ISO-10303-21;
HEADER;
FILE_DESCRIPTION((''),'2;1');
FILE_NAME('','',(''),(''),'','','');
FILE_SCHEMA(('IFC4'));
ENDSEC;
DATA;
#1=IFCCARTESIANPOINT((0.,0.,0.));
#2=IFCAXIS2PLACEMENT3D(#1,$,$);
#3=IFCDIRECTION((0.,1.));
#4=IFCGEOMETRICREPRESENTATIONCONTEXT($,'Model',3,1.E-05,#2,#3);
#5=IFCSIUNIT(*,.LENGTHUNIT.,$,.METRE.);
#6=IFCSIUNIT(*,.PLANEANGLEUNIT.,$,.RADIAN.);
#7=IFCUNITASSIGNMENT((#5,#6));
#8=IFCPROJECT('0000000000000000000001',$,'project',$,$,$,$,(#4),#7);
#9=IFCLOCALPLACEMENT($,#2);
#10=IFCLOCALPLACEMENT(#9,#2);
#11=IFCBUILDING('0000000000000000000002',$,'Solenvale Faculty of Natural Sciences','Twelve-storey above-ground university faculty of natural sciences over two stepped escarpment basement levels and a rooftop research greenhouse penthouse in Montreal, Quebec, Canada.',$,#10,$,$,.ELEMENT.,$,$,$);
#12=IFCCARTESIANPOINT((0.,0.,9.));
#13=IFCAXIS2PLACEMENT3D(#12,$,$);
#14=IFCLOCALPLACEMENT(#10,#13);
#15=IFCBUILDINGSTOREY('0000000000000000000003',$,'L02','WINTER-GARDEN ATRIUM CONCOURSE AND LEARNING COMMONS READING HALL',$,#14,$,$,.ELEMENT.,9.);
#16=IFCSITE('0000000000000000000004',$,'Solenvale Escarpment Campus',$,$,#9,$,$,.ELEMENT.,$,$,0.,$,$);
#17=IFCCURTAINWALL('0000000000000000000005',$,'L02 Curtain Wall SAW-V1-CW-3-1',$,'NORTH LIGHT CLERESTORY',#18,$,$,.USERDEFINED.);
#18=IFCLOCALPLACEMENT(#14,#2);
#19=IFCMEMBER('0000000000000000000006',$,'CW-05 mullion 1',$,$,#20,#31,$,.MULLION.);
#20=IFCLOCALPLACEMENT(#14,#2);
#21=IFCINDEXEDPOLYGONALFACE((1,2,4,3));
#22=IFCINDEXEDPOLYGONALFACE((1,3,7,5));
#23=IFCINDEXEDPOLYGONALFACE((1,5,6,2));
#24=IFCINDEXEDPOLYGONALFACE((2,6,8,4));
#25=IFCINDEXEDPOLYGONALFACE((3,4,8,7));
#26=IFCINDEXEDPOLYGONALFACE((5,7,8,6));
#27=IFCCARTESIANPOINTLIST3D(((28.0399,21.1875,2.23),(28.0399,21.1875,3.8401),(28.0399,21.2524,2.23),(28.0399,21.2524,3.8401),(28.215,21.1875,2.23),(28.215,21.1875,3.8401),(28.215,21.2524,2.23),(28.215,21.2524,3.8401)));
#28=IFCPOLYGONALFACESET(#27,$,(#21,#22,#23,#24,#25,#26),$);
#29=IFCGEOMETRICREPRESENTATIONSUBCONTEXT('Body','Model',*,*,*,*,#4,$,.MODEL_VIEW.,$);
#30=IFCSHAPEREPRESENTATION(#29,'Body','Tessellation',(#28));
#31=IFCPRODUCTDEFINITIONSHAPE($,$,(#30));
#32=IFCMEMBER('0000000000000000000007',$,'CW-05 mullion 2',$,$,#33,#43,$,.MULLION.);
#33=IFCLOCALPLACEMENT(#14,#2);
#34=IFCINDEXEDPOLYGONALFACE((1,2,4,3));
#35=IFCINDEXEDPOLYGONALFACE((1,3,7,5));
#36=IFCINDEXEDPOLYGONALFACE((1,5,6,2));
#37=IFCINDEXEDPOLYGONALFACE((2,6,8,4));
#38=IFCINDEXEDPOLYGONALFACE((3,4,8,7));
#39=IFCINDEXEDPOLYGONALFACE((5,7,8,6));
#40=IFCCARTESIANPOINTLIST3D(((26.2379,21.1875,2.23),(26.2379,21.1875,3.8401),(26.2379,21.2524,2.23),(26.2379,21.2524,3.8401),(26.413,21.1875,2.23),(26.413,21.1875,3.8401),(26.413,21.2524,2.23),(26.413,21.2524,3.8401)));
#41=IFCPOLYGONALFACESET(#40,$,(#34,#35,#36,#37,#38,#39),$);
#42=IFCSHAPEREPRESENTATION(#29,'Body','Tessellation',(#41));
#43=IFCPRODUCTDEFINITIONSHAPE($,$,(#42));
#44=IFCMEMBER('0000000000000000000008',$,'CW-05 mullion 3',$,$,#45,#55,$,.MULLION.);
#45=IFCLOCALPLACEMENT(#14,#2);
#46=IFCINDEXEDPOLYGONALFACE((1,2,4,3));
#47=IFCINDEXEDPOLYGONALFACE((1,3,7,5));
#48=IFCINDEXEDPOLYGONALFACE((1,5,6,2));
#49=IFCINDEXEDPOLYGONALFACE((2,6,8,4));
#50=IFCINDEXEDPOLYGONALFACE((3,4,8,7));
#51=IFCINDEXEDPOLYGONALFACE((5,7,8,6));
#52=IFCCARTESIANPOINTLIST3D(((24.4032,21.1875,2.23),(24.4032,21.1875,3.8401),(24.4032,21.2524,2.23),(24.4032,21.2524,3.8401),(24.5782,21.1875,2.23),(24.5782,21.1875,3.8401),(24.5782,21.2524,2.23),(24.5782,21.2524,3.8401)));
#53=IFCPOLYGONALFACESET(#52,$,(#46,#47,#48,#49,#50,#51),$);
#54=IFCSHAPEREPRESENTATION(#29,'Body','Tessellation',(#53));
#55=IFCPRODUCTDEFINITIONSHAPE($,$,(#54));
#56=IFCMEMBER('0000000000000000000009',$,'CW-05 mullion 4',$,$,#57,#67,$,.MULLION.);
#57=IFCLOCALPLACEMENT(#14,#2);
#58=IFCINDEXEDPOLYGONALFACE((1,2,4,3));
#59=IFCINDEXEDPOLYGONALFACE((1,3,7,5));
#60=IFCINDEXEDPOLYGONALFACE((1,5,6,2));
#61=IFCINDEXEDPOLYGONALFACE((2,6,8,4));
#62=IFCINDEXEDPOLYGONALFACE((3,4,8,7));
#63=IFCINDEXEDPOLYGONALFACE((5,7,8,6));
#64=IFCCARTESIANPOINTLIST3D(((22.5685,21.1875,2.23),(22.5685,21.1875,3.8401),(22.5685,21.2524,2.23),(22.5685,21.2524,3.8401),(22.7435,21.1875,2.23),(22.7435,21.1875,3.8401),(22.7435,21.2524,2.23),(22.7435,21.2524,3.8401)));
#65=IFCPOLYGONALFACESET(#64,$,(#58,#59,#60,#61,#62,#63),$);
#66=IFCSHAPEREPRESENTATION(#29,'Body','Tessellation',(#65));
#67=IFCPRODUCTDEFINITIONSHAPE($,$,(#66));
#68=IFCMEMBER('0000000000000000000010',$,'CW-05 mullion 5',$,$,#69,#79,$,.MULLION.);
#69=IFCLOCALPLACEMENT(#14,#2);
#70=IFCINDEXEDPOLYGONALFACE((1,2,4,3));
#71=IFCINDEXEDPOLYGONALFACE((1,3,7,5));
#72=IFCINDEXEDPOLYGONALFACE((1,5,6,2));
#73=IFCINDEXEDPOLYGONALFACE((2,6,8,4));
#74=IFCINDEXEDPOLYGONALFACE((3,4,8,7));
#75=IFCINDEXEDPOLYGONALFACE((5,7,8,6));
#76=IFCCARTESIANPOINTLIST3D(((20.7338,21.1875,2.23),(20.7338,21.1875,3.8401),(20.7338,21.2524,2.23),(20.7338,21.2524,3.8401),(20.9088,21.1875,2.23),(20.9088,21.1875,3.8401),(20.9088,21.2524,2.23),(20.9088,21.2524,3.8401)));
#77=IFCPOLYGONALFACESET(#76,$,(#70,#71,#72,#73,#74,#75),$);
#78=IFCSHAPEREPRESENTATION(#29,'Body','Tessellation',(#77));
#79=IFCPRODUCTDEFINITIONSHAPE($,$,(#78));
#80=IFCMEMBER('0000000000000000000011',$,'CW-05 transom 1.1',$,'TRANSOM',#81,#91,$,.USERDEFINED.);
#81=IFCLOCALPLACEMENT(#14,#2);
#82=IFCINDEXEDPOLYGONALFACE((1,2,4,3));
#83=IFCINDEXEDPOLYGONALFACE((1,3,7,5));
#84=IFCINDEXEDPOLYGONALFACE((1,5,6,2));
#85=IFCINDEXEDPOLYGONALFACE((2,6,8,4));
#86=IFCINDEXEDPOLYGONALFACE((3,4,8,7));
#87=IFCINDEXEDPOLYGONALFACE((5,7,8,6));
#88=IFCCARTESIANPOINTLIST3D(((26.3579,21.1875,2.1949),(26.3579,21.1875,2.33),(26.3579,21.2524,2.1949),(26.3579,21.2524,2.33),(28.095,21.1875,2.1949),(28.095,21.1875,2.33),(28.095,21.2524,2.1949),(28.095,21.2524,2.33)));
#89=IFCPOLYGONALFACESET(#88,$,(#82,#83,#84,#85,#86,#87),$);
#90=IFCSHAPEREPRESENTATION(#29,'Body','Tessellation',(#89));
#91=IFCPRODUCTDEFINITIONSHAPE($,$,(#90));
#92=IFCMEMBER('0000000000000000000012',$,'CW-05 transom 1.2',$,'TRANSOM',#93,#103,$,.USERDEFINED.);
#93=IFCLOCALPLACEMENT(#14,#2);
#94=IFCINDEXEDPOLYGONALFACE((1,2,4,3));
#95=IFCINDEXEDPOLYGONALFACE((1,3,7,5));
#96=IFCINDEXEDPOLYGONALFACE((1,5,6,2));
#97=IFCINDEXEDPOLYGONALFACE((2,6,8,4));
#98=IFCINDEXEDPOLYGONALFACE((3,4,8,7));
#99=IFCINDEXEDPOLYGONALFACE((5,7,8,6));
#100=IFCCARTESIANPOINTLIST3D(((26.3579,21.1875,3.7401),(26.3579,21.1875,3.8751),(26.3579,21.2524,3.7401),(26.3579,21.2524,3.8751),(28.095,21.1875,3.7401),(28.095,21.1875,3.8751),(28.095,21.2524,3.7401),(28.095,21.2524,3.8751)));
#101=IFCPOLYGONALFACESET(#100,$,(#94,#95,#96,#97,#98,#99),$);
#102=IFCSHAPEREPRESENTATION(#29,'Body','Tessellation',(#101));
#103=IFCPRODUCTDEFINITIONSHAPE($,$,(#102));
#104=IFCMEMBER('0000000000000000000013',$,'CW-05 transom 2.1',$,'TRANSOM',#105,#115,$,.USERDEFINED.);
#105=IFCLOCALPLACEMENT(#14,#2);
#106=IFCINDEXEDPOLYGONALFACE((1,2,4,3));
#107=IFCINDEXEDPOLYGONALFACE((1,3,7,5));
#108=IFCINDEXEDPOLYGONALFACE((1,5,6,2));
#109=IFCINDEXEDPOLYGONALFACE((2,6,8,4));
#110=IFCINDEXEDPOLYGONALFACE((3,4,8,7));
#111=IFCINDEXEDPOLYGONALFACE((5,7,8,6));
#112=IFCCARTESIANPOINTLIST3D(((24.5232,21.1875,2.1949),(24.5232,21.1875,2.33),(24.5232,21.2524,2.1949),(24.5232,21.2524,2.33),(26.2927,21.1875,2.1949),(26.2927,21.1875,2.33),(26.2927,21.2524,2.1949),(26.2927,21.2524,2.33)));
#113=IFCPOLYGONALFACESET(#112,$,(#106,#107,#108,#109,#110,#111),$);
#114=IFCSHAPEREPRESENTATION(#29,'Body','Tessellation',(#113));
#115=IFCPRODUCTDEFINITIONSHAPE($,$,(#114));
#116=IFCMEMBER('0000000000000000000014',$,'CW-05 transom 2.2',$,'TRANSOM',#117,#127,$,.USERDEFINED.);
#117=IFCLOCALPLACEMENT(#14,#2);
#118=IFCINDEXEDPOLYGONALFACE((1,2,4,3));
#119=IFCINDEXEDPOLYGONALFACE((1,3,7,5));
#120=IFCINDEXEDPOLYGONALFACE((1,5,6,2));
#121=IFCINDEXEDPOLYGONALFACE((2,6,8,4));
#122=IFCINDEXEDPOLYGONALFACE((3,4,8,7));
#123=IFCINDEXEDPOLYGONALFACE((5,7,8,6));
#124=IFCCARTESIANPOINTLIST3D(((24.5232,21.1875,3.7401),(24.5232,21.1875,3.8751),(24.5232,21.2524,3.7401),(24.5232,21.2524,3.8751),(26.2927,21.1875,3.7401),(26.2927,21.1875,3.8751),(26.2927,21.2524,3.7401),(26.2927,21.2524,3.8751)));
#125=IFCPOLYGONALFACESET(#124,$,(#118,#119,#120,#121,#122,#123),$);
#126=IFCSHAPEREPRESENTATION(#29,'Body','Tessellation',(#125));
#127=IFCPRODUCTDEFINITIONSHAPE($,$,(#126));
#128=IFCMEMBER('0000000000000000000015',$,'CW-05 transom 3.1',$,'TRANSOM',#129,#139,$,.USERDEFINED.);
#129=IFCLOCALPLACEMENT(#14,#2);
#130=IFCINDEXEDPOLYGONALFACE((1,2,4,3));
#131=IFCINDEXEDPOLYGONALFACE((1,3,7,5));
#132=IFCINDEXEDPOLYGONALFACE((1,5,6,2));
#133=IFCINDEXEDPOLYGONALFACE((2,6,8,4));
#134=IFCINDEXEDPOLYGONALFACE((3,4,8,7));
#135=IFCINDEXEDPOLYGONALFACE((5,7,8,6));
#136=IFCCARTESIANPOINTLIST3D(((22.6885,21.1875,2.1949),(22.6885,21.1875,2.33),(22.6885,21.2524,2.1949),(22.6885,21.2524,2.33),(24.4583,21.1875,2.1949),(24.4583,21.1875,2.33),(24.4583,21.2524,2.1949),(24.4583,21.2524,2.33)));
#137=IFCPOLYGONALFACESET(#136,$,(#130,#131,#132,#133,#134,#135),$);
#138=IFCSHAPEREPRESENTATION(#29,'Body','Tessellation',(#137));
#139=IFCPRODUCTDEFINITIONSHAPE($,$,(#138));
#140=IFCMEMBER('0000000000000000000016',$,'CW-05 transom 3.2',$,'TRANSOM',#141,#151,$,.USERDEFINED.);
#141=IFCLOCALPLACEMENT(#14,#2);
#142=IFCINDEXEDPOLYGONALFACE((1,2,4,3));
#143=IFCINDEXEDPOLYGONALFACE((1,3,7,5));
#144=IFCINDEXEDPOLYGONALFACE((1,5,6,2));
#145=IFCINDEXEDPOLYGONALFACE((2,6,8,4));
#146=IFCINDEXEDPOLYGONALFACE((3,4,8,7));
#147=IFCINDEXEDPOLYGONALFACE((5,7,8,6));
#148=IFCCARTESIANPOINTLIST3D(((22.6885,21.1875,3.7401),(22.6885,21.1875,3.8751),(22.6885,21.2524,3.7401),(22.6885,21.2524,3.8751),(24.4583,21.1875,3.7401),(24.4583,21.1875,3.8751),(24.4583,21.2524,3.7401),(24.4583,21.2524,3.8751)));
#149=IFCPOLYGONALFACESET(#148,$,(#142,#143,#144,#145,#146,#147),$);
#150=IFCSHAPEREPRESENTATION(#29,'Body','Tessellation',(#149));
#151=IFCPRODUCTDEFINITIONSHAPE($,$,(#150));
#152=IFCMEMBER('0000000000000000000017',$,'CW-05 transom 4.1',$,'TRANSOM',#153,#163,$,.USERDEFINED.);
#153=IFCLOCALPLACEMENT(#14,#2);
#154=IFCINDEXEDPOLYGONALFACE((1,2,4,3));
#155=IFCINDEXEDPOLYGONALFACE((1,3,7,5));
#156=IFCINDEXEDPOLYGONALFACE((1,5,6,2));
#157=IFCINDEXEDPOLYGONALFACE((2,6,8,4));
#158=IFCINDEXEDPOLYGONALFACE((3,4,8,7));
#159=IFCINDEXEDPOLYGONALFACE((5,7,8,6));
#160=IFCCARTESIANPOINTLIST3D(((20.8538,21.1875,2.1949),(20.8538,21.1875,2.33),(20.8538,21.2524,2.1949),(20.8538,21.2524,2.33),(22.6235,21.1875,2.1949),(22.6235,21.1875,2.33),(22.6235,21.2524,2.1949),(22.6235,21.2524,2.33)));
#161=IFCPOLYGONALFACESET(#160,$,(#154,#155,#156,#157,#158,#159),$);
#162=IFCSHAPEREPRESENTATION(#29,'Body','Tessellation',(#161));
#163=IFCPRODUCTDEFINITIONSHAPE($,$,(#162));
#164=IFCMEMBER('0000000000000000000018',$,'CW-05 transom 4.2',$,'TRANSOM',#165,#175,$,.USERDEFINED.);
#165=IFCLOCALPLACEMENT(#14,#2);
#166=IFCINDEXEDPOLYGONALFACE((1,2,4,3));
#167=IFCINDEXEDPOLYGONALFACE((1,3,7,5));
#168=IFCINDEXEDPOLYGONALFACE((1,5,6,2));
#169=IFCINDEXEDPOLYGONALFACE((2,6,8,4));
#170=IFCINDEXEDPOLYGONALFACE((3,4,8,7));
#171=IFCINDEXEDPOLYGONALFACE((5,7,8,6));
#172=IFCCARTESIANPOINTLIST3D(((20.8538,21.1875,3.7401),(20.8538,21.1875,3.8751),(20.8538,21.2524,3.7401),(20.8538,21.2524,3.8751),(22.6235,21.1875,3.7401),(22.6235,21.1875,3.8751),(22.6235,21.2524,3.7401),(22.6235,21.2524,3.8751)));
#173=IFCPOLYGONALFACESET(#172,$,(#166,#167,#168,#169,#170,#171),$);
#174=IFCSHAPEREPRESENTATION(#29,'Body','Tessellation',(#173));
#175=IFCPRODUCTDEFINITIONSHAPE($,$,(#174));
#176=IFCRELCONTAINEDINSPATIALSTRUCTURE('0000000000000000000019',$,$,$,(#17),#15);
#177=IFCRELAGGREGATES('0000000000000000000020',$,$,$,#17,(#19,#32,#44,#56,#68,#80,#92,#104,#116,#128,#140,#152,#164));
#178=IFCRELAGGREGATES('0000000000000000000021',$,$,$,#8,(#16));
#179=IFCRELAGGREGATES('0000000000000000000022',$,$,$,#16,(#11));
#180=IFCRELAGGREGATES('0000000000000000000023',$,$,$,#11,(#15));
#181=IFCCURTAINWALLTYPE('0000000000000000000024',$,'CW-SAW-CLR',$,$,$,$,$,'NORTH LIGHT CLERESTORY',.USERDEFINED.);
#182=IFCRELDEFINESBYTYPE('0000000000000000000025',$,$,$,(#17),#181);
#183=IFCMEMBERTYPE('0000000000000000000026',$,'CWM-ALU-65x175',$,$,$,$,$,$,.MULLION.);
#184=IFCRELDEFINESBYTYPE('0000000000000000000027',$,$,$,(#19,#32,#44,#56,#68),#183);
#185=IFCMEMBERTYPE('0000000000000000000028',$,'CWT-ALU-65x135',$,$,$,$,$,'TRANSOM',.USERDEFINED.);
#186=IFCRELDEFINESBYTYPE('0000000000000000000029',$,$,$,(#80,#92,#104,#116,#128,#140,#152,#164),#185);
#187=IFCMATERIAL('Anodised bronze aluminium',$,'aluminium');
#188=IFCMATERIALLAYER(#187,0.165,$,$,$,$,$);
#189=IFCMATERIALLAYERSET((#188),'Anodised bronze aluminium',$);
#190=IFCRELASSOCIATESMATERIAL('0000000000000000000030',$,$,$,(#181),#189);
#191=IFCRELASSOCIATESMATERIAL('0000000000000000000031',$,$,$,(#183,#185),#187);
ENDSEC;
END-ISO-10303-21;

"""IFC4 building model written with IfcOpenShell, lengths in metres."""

from ifc_helpers import new_model, si_unit, direction, frame, origin, origin_2d, place, context, subcontext, project, spatial, rectangle, extrude, material, layer, layer_set, material_profile, profile_set, type_object, element, aggregate, save


model = new_model("IFC4")

# Units and contexts
model_context = context("Model", 3, precision=1e-05, world=origin(), true_north=direction((0.0, 1.0)))
body_context = subcontext(model_context, "Body", "Model", "MODEL_VIEW")
ifc_project = project(units=[si_unit("LENGTHUNIT", "METRE"), si_unit("PLANEANGLEUNIT", "RADIAN")], contexts=[model_context])

# Site, building, storey
site_placement = place(None, origin())
site = spatial("IfcSite", under=ifc_project, at=site_placement, Name="Solenvale Escarpment Campus", CompositionType="ELEMENT", RefElevation=0.0)
building_placement = place(site_placement, origin())
building = spatial("IfcBuilding", under=site, at=building_placement, Name="Solenvale Faculty of Natural Sciences", Description="Twelve-storey above-ground university faculty of natural sciences over two stepped escarpment basement levels and a rooftop research greenhouse penthouse in Montreal, Quebec, Canada.", CompositionType="ELEMENT")
storey_placement = place(building_placement, frame((0.0, 0.0, 9.0)))
storey = spatial("IfcBuildingStorey", under=building, at=storey_placement, Name="L02", Description="WINTER-GARDEN ATRIUM CONCOURSE AND LEARNING COMMONS READING HALL", CompositionType="ELEMENT", Elevation=9.0)

# Curtain wall, members
ifc_material_1 = material(Name="Anodised bronze aluminium", Category="aluminium")
ifc_layer_1 = layer(ifc_material_1, 0.165)
ifc_layer_set_1 = layer_set([ifc_layer_1], Name="Anodised bronze aluminium")
curtain_wall_type = type_object("IfcCurtainWallType", Name="CW-SAW-CLR", ElementType="NORTH LIGHT CLERESTORY", PredefinedType="USERDEFINED", material=ifc_layer_set_1)
curtain_wall_placement = place(storey_placement, origin())
curtain_wall = element("IfcCurtainWall", 1, at=curtain_wall_placement, inside=storey, type_object=curtain_wall_type, Name="L02 Curtain Wall SAW-V1-CW-3-1", ObjectType="NORTH LIGHT CLERESTORY", PredefinedType="USERDEFINED")
ifc_material_profile_1 = material_profile(ifc_material_1, rectangle(XDim=0.0649, YDim=0.175, at=origin_2d()), Name="ALU-MUL-65x175")
ifc_profile_set_1 = profile_set([ifc_material_profile_1], Name="Anodised bronze aluminium")
member_type_1 = type_object("IfcMemberType", Name="CWM-ALU-65x175", PredefinedType="MULLION", material=ifc_profile_set_1)
member_1_placement = place(storey_placement, frame((28.1274, 21.22, 2.23), z_axis=(0.0, 0.0, 1.0), x_axis=(0.0, -1.0, 0.0)))
member_1 = element("IfcMember", 2, at=member_1_placement, type_object=member_type_1, Name="CW-05 mullion 1", PredefinedType="MULLION", context=body_context, shape_type="SweptSolid", body=[
    extrude(rectangle(XDim=0.0649, YDim=0.175, at=origin_2d()), origin(), (0.0, 0.0, 1.0), 1.6101),
])
member_2_placement = place(storey_placement, frame((26.3254, 21.22, 2.23), z_axis=(0.0, 0.0, 1.0), x_axis=(0.0, -1.0, 0.0)))
member_2 = element("IfcMember", 3, at=member_2_placement, type_object=member_type_1, Name="CW-05 mullion 2", PredefinedType="MULLION", context=body_context, shape_type="SweptSolid", body=[
    extrude(rectangle(XDim=0.0649, YDim=0.175, at=origin_2d()), origin(), (0.0, 0.0, 1.0), 1.6101),
])
member_3_placement = place(storey_placement, frame((24.4907, 21.22, 2.23), z_axis=(0.0, 0.0, 1.0), x_axis=(0.0, -1.0, 0.0)))
member_3 = element("IfcMember", 4, at=member_3_placement, type_object=member_type_1, Name="CW-05 mullion 3", PredefinedType="MULLION", context=body_context, shape_type="SweptSolid", body=[
    extrude(rectangle(XDim=0.0649, YDim=0.175, at=origin_2d()), origin(), (0.0, 0.0, 1.0), 1.6101),
])
member_4_placement = place(storey_placement, frame((22.656, 21.22, 2.23), z_axis=(0.0, 0.0, 1.0), x_axis=(0.0, -1.0, 0.0)))
member_4 = element("IfcMember", 5, at=member_4_placement, type_object=member_type_1, Name="CW-05 mullion 4", PredefinedType="MULLION", context=body_context, shape_type="SweptSolid", body=[
    extrude(rectangle(XDim=0.0649, YDim=0.175, at=origin_2d()), origin(), (0.0, 0.0, 1.0), 1.6101),
])
member_5_placement = place(storey_placement, frame((20.8213, 21.22, 2.23), z_axis=(0.0, 0.0, 1.0), x_axis=(0.0, -1.0, 0.0)))
member_5 = element("IfcMember", 6, at=member_5_placement, type_object=member_type_1, Name="CW-05 mullion 5", PredefinedType="MULLION", context=body_context, shape_type="SweptSolid", body=[
    extrude(rectangle(XDim=0.0649, YDim=0.175, at=origin_2d()), origin(), (0.0, 0.0, 1.0), 1.6101),
])
ifc_material_profile_2 = material_profile(ifc_material_1, rectangle(XDim=0.0649, YDim=0.135, at=origin_2d()), Name="ALU-TRN-65x135")
ifc_profile_set_2 = profile_set([ifc_material_profile_2], Name="Anodised bronze aluminium")
member_type_2 = type_object("IfcMemberType", Name="CWT-ALU-65x135", ElementType="TRANSOM", PredefinedType="USERDEFINED", material=ifc_profile_set_2)
member_6_placement = place(storey_placement, frame((28.095, 21.22, 2.2625), z_axis=(-1.0, 0.0, 0.0), x_axis=(0.0, -1.0, 0.0)))
member_6 = element("IfcMember", 7, at=member_6_placement, type_object=member_type_2, Name="CW-05 transom 1.1", ObjectType="TRANSOM", PredefinedType="USERDEFINED", context=body_context, shape_type="SweptSolid", body=[
    extrude(rectangle(XDim=0.0649, YDim=0.135, at=origin_2d()), origin(), (0.0, 0.0, 1.0), 1.7371),
])
member_7_placement = place(storey_placement, frame((28.095, 21.22, 3.8076), z_axis=(-1.0, 0.0, 0.0), x_axis=(0.0, -1.0, 0.0)))
member_7 = element("IfcMember", 8, at=member_7_placement, type_object=member_type_2, Name="CW-05 transom 1.2", ObjectType="TRANSOM", PredefinedType="USERDEFINED", context=body_context, shape_type="SweptSolid", body=[
    extrude(rectangle(XDim=0.0649, YDim=0.135, at=origin_2d()), origin(), (0.0, 0.0, 1.0), 1.7371),
])
member_8_placement = place(storey_placement, frame((26.2927, 21.22, 2.2625), z_axis=(-1.0, 0.0, 0.0), x_axis=(0.0, -1.0, 0.0)))
member_8 = element("IfcMember", 9, at=member_8_placement, type_object=member_type_2, Name="CW-05 transom 2.1", ObjectType="TRANSOM", PredefinedType="USERDEFINED", context=body_context, shape_type="SweptSolid", body=[
    extrude(rectangle(XDim=0.0649, YDim=0.135, at=origin_2d()), origin(), (0.0, 0.0, 1.0), 1.7695),
])
member_9_placement = place(storey_placement, frame((26.2927, 21.22, 3.8076), z_axis=(-1.0, 0.0, 0.0), x_axis=(0.0, -1.0, 0.0)))
member_9 = element("IfcMember", 10, at=member_9_placement, type_object=member_type_2, Name="CW-05 transom 2.2", ObjectType="TRANSOM", PredefinedType="USERDEFINED", context=body_context, shape_type="SweptSolid", body=[
    extrude(rectangle(XDim=0.0649, YDim=0.135, at=origin_2d()), origin(), (0.0, 0.0, 1.0), 1.7695),
])
member_10_placement = place(storey_placement, frame((24.4583, 21.22, 2.2625), z_axis=(-1.0, 0.0, 0.0), x_axis=(0.0, -1.0, 0.0)))
member_10 = element("IfcMember", 11, at=member_10_placement, type_object=member_type_2, Name="CW-05 transom 3.1", ObjectType="TRANSOM", PredefinedType="USERDEFINED", context=body_context, shape_type="SweptSolid", body=[
    extrude(rectangle(XDim=0.0649, YDim=0.135, at=origin_2d()), origin(), (0.0, 0.0, 1.0), 1.7698),
])
member_11_placement = place(storey_placement, frame((24.4583, 21.22, 3.8076), z_axis=(-1.0, 0.0, 0.0), x_axis=(0.0, -1.0, 0.0)))
member_11 = element("IfcMember", 12, at=member_11_placement, type_object=member_type_2, Name="CW-05 transom 3.2", ObjectType="TRANSOM", PredefinedType="USERDEFINED", context=body_context, shape_type="SweptSolid", body=[
    extrude(rectangle(XDim=0.0649, YDim=0.135, at=origin_2d()), origin(), (0.0, 0.0, 1.0), 1.7698),
])
member_12_placement = place(storey_placement, frame((22.6235, 21.22, 2.2625), z_axis=(-1.0, 0.0, 0.0), x_axis=(0.0, -1.0, 0.0)))
member_12 = element("IfcMember", 13, at=member_12_placement, type_object=member_type_2, Name="CW-05 transom 4.1", ObjectType="TRANSOM", PredefinedType="USERDEFINED", context=body_context, shape_type="SweptSolid", body=[
    extrude(rectangle(XDim=0.0649, YDim=0.135, at=origin_2d()), origin(), (0.0, 0.0, 1.0), 1.7698),
])
member_13_placement = place(storey_placement, frame((22.6235, 21.22, 3.8076), z_axis=(-1.0, 0.0, 0.0), x_axis=(0.0, -1.0, 0.0)))
member_13 = element("IfcMember", 14, at=member_13_placement, type_object=member_type_2, Name="CW-05 transom 4.2", ObjectType="TRANSOM", PredefinedType="USERDEFINED", context=body_context, shape_type="SweptSolid", body=[
    extrude(rectangle(XDim=0.0649, YDim=0.135, at=origin_2d()), origin(), (0.0, 0.0, 1.0), 1.7698),
])

aggregate(curtain_wall, [member_1, member_2, member_3, member_4, member_5, member_6, member_7, member_8, member_9, member_10, member_11, member_12, member_13])

save(model, "model.ifc")
